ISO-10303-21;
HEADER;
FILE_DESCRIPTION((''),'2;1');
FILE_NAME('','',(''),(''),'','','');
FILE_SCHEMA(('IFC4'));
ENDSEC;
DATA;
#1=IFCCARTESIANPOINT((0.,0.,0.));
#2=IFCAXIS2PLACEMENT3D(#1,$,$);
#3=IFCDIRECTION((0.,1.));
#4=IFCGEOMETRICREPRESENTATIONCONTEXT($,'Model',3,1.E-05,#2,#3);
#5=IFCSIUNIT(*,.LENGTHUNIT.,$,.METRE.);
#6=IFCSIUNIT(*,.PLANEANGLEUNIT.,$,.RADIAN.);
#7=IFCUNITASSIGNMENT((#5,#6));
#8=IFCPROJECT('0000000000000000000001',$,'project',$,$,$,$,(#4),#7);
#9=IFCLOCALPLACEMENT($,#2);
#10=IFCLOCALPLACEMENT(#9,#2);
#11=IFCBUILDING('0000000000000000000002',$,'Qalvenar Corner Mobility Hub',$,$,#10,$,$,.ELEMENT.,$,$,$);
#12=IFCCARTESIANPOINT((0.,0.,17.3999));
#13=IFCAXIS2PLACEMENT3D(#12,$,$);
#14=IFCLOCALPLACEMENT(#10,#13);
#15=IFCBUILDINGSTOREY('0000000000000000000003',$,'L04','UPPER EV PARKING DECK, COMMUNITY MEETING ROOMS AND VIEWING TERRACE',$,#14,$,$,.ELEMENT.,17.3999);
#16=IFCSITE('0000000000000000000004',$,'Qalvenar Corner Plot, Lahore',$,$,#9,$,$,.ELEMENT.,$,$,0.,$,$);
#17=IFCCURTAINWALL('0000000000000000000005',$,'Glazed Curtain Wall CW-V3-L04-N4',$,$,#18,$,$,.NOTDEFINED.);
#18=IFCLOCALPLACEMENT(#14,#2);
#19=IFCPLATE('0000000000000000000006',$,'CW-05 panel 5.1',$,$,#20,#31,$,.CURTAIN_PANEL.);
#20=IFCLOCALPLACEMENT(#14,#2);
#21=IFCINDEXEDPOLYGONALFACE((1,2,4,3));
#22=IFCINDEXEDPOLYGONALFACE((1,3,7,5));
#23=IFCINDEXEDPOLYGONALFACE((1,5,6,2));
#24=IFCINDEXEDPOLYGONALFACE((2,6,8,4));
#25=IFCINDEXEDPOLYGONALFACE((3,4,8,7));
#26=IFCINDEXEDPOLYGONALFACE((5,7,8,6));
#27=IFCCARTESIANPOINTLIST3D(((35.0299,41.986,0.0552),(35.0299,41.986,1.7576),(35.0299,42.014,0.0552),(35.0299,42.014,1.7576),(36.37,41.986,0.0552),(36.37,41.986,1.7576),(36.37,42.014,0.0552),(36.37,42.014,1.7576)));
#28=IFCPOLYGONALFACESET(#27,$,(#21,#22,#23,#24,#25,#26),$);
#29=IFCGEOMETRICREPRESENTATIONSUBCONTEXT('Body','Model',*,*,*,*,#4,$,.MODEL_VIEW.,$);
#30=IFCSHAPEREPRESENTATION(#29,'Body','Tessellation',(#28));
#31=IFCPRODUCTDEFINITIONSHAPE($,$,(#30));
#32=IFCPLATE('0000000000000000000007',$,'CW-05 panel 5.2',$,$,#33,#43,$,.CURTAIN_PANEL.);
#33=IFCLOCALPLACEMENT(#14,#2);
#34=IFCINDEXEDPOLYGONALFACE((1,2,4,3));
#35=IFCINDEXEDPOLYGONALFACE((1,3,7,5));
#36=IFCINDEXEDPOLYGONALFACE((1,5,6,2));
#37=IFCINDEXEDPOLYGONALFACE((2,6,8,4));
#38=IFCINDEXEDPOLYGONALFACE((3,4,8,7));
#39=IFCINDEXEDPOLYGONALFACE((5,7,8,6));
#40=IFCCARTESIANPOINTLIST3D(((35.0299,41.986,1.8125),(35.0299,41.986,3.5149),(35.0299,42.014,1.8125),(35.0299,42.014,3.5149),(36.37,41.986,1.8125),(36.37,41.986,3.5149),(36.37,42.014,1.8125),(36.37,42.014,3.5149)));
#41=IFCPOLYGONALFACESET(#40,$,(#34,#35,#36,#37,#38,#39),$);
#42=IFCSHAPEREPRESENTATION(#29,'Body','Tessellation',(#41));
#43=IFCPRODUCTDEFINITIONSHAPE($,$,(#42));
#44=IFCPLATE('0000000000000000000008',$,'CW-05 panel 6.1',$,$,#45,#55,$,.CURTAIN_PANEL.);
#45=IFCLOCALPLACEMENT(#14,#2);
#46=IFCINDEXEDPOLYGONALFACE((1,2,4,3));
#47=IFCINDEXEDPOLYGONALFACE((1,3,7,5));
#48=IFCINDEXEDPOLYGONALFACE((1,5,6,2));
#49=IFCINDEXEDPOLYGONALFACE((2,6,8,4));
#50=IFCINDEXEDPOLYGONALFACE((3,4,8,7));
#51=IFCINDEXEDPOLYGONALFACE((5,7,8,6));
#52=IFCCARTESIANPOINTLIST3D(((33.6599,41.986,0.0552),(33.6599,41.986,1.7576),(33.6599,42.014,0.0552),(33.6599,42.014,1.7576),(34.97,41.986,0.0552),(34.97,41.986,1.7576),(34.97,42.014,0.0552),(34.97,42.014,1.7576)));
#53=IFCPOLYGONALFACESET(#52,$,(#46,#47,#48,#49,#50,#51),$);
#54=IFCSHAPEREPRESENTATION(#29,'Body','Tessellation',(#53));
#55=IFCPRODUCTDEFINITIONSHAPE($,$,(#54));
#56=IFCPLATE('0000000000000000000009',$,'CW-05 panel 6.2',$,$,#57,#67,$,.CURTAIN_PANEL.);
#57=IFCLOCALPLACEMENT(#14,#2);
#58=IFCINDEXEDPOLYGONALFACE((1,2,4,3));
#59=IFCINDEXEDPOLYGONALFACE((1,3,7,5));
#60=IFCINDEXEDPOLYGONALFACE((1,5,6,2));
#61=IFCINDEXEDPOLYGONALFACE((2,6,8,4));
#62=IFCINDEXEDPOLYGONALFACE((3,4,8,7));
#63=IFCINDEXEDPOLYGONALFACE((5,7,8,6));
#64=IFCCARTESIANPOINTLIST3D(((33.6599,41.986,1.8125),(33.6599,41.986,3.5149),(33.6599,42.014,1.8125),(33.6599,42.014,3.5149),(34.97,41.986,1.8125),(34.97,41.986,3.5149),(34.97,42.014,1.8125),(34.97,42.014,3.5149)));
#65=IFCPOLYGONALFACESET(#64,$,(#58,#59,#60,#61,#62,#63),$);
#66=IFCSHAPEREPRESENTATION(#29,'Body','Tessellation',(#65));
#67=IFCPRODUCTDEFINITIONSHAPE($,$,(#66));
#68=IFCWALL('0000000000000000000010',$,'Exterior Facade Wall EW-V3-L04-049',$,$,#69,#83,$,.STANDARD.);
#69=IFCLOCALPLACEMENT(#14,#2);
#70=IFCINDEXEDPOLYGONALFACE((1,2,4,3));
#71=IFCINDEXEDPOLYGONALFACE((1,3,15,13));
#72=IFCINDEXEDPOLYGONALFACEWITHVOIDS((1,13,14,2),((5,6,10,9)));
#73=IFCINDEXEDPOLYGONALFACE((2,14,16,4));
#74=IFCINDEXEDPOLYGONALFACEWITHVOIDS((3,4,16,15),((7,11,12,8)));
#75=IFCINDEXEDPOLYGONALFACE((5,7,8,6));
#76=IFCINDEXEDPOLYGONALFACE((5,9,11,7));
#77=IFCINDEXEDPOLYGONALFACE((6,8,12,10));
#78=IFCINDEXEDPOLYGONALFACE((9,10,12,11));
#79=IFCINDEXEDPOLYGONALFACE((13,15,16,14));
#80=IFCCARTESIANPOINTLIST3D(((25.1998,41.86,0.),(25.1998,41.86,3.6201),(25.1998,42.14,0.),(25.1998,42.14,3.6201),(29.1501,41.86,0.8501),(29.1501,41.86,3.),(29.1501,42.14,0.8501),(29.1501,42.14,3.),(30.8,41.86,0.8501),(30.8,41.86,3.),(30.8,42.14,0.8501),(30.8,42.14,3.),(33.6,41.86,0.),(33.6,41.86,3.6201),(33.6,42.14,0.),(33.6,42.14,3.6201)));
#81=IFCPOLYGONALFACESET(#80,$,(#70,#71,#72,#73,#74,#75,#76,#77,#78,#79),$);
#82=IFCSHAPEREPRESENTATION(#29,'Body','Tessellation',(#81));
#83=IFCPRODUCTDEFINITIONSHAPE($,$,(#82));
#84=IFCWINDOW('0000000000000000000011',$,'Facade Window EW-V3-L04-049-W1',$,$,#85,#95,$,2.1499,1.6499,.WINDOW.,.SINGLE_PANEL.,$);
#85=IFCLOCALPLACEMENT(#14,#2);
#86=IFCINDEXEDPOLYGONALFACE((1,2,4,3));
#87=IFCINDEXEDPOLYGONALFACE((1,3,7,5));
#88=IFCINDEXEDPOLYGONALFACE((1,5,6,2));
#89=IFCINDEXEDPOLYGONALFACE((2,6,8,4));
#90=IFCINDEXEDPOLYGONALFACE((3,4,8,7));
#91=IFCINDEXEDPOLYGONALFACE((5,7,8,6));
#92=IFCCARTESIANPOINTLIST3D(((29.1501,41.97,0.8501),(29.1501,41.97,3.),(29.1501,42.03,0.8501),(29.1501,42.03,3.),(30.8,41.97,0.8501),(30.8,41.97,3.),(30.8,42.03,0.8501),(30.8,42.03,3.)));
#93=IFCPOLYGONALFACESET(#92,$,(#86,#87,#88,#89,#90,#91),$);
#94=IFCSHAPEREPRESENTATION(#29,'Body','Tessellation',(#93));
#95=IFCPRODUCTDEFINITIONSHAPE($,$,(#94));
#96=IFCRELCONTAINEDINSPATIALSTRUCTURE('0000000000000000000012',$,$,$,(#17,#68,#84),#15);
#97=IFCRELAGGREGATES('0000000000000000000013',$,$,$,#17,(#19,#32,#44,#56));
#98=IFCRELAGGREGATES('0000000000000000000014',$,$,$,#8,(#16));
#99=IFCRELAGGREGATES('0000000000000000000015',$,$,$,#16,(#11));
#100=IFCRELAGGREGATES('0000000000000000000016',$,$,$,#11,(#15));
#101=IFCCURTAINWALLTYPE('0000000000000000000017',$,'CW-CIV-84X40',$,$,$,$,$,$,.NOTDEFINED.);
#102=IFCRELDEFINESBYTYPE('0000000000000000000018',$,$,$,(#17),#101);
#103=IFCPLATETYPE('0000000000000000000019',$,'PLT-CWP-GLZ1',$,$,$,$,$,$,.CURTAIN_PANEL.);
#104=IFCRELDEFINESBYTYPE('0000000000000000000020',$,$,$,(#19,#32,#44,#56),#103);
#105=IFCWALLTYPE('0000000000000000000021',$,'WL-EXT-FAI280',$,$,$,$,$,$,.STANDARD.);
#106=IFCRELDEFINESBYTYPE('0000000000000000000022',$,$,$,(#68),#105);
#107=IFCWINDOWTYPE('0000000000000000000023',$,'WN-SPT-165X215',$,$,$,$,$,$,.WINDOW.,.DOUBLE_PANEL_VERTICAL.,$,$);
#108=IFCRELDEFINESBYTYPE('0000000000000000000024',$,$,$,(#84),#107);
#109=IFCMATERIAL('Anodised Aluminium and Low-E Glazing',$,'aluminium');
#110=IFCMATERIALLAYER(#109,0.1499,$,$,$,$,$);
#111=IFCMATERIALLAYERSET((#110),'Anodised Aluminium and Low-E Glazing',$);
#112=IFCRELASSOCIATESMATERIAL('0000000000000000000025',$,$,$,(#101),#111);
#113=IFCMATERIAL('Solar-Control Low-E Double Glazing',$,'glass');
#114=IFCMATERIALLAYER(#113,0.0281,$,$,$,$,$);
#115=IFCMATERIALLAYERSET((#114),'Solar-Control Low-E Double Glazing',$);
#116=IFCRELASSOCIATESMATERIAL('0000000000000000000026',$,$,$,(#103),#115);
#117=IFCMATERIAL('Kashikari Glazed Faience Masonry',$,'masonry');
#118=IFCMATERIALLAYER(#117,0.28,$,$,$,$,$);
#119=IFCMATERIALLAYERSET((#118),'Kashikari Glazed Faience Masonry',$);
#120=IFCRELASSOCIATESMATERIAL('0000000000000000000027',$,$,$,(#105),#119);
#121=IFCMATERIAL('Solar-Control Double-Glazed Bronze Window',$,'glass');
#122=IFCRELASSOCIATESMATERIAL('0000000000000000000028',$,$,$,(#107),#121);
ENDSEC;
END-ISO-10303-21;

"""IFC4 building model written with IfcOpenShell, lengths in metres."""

from ifc_helpers import new_model, si_unit, direction, frame, frame_2d, origin, origin_2d, place, context, subcontext, project, spatial, rectangle, extrude, material, layer, layer_set, type_object, element, fill, aggregate, save


model = new_model("IFC4")

# Units and contexts
model_context = context("Model", 3, precision=1e-05, world=origin(), true_north=direction((0.0, 1.0)))
body_context = subcontext(model_context, "Body", "Model", "MODEL_VIEW")
ifc_project = project(units=[si_unit("LENGTHUNIT", "METRE"), si_unit("PLANEANGLEUNIT", "RADIAN")], contexts=[model_context])

# Site, building, storey
site_placement = place(None, origin())
site = spatial("IfcSite", under=ifc_project, at=site_placement, Name="Qalvenar Corner Plot, Lahore", CompositionType="ELEMENT", RefElevation=0.0)
building_placement = place(site_placement, origin())
building = spatial("IfcBuilding", under=site, at=building_placement, Name="Qalvenar Corner Mobility Hub", CompositionType="ELEMENT")
storey_placement = place(building_placement, frame((0.0, 0.0, 17.3999)))
storey = spatial("IfcBuildingStorey", under=building, at=storey_placement, Name="L04", Description="UPPER EV PARKING DECK, COMMUNITY MEETING ROOMS AND VIEWING TERRACE", CompositionType="ELEMENT", Elevation=17.3999)

# Curtain wall
ifc_material_1 = material(Name="Anodised Aluminium and Low-E Glazing", Category="aluminium")
ifc_layer_1 = layer(ifc_material_1, 0.1499)
ifc_layer_set_1 = layer_set([ifc_layer_1], Name="Anodised Aluminium and Low-E Glazing")
curtain_wall_type = type_object("IfcCurtainWallType", Name="CW-CIV-84X40", PredefinedType="NOTDEFINED", material=ifc_layer_set_1)
curtain_wall_1_placement = place(storey_placement, origin())
curtain_wall_1 = element("IfcCurtainWall", 1, at=curtain_wall_1_placement, inside=storey, type_object=curtain_wall_type, Name="Glazed Curtain Wall CW-V3-L04-N4", PredefinedType="NOTDEFINED")

# Plates
ifc_material_2 = material(Name="Solar-Control Low-E Double Glazing", Category="glass")
ifc_layer_2 = layer(ifc_material_2, 0.0281)
ifc_layer_set_2 = layer_set([ifc_layer_2], Name="Solar-Control Low-E Double Glazing")
plate_type = type_object("IfcPlateType", Name="PLT-CWP-GLZ1", PredefinedType="CURTAIN_PANEL", material=ifc_layer_set_2)
plate_1_placement = place(storey_placement, frame((35.7, 42.0, 0.0552), z_axis=(0.0, 0.0, 1.0), x_axis=(-1.0, 0.0, 0.0)))
plate_1 = element("IfcPlate", 2, at=plate_1_placement, type_object=plate_type, Name="CW-05 panel 5.1", PredefinedType="CURTAIN_PANEL", context=body_context, shape_type="SweptSolid", body=[
    extrude(rectangle(XDim=1.3401, YDim=0.0281, at=origin_2d()), origin(), (0.0, 0.0, 1.0), 1.7024),
])
plate_2_placement = place(storey_placement, frame((35.7, 42.0, 1.8125), z_axis=(0.0, 0.0, 1.0), x_axis=(-1.0, 0.0, 0.0)))
plate_2 = element("IfcPlate", 3, at=plate_2_placement, type_object=plate_type, Name="CW-05 panel 5.2", PredefinedType="CURTAIN_PANEL", context=body_context, shape_type="SweptSolid", body=[
    extrude(rectangle(XDim=1.3401, YDim=0.0281, at=origin_2d()), origin(), (0.0, 0.0, 1.0), 1.7024),
])
plate_3_placement = place(storey_placement, frame((34.3149, 42.0, 0.0552), z_axis=(0.0, 0.0, 1.0), x_axis=(-1.0, 0.0, 0.0)))
plate_3 = element("IfcPlate", 4, at=plate_3_placement, type_object=plate_type, Name="CW-05 panel 6.1", PredefinedType="CURTAIN_PANEL", context=body_context, shape_type="SweptSolid", body=[
    extrude(rectangle(XDim=1.3101, YDim=0.0281, at=origin_2d()), origin(), (0.0, 0.0, 1.0), 1.7024),
])
plate_4_placement = place(storey_placement, frame((34.3149, 42.0, 1.8125), z_axis=(0.0, 0.0, 1.0), x_axis=(-1.0, 0.0, 0.0)))
plate_4 = element("IfcPlate", 5, at=plate_4_placement, type_object=plate_type, Name="CW-05 panel 6.2", PredefinedType="CURTAIN_PANEL", context=body_context, shape_type="SweptSolid", body=[
    extrude(rectangle(XDim=1.3101, YDim=0.0281, at=origin_2d()), origin(), (0.0, 0.0, 1.0), 1.7024),
])
aggregate(curtain_wall_1, [plate_1, plate_2, plate_3, plate_4])

# Wall, opening, window
ifc_material_3 = material(Name="Kashikari Glazed Faience Masonry", Category="masonry")
ifc_layer_3 = layer(ifc_material_3, 0.28)
ifc_layer_set_3 = layer_set([ifc_layer_3], Name="Kashikari Glazed Faience Masonry")
wall_type = type_object("IfcWallType", Name="WL-EXT-FAI280", PredefinedType="STANDARD", material=ifc_layer_set_3)
wall_placement = place(storey_placement, frame((33.6001, 42.0, 0.0), z_axis=(0.0, 0.0, 1.0), x_axis=(-1.0, 0.0, 0.0)))
wall = element("IfcWall", 6, at=wall_placement, inside=storey, type_object=wall_type, Name="Exterior Facade Wall EW-V3-L04-049", PredefinedType="STANDARD", context=body_context, shape_type="SweptSolid", body=[
    extrude(rectangle(XDim=8.4001, YDim=0.28, at=frame_2d((4.2002, 0.0))), origin(), (0.0, 0.0, 1.0), 3.6201),
])
opening_placement = place(wall_placement, frame((2.8, 0.0, 0.8501)))
opening = element("IfcOpeningElement", 7, at=opening_placement, cuts=wall, PredefinedType="OPENING", context=body_context, shape_type="SweptSolid", body=[
    extrude(rectangle(XDim=1.6499, YDim=2.1499, at=frame_2d((0.825, 1.075))), frame((0.0, 0.1499, 0.0), z_axis=(0.0, -1.0, 0.0), x_axis=(1.0, 0.0, 0.0)), (0.0, 0.0, 1.0), 0.3),
])
ifc_material_4 = material(Name="Solar-Control Double-Glazed Bronze Window", Category="glass")
window_type = type_object("IfcWindowType", Name="WN-SPT-165X215", PartitioningType="DOUBLE_PANEL_VERTICAL", PredefinedType="WINDOW", material=ifc_material_4)
window_placement = place(opening_placement, origin())
window = element("IfcWindow", 8, at=window_placement, inside=storey, type_object=window_type, Name="Facade Window EW-V3-L04-049-W1", OverallHeight=2.1499, OverallWidth=1.6499, PartitioningType="SINGLE_PANEL", PredefinedType="WINDOW", context=body_context, shape_type="SweptSolid", body=[
    extrude(rectangle(XDim=1.6499, YDim=2.1499, at=frame_2d((0.825, 1.075))), frame((0.0, 0.03, 0.0), z_axis=(0.0, -1.0, 0.0), x_axis=(1.0, 0.0, 0.0)), (0.0, 0.0, 1.0), 0.0601),
])
fill(opening, window)

save(model, "model.ifc")
